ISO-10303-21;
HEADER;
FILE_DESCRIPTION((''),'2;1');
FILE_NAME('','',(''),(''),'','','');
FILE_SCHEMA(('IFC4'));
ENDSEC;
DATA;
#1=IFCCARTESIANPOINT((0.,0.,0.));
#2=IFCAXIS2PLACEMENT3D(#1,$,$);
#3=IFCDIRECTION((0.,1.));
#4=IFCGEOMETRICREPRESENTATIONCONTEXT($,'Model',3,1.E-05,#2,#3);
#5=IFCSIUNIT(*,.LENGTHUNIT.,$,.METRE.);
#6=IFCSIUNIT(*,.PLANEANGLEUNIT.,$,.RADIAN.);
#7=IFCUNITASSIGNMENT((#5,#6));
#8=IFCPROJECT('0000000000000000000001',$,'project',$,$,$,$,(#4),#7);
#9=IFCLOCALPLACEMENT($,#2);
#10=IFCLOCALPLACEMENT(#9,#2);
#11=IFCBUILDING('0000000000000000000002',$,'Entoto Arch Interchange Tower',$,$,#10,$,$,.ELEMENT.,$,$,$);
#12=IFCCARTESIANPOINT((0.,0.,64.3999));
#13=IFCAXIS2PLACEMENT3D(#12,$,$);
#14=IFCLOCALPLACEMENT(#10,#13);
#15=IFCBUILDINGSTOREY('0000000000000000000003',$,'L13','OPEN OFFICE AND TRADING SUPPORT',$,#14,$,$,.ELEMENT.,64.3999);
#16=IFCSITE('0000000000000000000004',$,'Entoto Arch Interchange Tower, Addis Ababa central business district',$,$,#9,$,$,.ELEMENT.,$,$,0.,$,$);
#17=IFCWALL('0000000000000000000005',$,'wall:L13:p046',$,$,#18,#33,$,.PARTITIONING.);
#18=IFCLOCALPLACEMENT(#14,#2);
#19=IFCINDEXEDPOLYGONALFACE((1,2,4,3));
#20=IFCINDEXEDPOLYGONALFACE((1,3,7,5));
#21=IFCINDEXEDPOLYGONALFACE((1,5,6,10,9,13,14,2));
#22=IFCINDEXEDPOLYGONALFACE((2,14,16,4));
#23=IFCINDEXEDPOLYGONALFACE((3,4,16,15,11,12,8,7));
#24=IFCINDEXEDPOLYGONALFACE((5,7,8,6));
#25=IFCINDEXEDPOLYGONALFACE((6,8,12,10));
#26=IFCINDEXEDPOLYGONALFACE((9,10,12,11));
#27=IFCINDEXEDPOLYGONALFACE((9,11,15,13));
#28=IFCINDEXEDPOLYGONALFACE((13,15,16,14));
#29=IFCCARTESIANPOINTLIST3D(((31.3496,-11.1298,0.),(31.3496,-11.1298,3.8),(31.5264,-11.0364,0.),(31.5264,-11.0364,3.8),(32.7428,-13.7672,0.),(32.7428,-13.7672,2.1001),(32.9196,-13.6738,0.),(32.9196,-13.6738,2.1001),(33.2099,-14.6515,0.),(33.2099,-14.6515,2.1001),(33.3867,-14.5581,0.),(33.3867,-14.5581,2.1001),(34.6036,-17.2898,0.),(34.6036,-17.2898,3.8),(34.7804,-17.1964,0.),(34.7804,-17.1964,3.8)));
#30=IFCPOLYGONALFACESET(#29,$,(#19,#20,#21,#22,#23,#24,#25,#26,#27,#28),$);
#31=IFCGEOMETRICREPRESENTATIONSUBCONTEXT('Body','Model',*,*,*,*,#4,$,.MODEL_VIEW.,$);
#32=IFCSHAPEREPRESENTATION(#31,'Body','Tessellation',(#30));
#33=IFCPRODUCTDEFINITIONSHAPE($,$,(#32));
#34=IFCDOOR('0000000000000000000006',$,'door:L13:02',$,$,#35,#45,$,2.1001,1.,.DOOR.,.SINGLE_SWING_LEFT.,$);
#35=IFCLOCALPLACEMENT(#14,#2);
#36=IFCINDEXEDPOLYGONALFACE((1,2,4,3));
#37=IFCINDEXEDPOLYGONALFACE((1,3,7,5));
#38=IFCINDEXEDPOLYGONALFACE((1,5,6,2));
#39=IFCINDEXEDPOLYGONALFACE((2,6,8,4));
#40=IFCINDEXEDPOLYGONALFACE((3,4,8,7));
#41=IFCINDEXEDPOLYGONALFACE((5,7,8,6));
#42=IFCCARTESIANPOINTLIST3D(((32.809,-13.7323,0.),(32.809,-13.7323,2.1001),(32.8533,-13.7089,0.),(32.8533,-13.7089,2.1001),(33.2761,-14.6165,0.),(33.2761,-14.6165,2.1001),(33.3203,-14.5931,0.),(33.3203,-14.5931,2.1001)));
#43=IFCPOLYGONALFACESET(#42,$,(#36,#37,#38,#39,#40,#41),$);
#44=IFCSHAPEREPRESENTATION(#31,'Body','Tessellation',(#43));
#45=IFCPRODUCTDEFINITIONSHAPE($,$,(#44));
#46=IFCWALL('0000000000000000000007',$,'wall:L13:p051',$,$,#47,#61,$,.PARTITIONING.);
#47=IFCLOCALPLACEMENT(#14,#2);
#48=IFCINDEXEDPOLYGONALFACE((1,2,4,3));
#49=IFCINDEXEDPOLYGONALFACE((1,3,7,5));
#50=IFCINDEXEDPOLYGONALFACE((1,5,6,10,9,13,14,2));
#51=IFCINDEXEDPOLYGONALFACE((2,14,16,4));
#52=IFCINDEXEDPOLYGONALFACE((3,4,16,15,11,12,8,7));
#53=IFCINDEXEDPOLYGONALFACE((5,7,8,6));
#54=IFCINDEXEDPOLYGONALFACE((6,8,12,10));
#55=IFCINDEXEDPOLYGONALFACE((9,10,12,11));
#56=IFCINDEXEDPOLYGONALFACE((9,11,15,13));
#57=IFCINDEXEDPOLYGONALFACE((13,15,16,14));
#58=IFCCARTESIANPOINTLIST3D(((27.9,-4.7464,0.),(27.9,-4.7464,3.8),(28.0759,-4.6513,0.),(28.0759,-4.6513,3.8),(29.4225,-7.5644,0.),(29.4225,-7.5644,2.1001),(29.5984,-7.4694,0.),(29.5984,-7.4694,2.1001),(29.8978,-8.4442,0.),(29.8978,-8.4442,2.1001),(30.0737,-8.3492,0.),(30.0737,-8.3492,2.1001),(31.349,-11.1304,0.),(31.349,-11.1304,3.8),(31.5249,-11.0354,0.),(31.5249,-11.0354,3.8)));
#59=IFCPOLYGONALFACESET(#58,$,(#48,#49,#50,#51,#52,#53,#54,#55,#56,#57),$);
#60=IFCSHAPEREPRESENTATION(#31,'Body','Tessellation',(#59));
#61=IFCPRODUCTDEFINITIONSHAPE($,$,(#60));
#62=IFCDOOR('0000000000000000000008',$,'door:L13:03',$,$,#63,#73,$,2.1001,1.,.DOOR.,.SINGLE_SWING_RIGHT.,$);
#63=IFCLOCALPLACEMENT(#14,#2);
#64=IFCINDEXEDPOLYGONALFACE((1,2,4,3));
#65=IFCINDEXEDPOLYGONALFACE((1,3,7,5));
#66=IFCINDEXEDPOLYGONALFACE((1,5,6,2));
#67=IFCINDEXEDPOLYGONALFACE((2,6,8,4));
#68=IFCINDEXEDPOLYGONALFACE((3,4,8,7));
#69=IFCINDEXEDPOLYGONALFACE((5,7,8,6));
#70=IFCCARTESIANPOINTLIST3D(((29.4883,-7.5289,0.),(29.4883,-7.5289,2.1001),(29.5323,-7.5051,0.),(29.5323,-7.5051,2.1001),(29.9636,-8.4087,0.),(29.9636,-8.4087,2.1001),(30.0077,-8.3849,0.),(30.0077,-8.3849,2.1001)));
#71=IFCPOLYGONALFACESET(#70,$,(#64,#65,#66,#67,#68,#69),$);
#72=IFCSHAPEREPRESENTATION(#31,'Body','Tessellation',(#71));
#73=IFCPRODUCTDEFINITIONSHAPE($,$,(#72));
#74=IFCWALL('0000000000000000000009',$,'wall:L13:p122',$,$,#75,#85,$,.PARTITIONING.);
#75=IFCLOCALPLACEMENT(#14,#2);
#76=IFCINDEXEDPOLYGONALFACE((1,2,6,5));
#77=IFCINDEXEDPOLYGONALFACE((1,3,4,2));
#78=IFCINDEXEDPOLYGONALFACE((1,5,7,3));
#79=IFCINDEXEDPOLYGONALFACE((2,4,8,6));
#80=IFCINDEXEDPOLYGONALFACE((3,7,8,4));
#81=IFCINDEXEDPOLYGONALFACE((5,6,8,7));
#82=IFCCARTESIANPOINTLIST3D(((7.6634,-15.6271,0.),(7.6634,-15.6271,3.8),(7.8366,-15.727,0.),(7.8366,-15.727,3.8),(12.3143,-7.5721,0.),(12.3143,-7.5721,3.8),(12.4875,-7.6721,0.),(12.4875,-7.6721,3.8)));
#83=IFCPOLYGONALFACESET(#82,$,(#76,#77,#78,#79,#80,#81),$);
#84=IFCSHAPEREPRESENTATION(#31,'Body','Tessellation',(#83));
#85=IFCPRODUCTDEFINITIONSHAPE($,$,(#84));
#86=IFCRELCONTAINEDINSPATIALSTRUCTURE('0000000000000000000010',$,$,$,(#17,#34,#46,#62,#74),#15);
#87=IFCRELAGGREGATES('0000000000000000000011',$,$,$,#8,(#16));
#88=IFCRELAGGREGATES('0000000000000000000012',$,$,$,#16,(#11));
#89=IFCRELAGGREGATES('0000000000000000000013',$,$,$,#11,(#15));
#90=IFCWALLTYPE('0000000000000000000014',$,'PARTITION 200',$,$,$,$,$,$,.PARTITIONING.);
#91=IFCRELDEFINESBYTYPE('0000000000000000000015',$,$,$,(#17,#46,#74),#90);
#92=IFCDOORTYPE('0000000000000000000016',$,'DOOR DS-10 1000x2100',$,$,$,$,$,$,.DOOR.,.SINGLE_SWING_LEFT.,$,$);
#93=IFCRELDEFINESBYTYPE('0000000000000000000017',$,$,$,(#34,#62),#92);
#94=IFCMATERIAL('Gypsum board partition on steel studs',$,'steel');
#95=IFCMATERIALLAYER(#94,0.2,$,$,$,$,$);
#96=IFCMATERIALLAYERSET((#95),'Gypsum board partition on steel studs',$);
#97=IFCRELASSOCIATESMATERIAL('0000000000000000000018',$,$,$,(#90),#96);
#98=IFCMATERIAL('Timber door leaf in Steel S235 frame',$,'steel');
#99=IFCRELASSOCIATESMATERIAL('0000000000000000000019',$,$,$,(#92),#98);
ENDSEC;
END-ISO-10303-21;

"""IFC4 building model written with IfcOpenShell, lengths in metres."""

from ifc_helpers import new_model, si_unit, direction, frame, frame_2d, origin, place, context, subcontext, project, spatial, rectangle, extrude, material, layer, layer_set, type_object, element, fill, save


model = new_model("IFC4")

# Units and contexts
model_context = context("Model", 3, precision=1e-05, world=origin(), true_north=direction((0.0, 1.0)))
body_context = subcontext(model_context, "Body", "Model", "MODEL_VIEW")
ifc_project = project(units=[si_unit("LENGTHUNIT", "METRE"), si_unit("PLANEANGLEUNIT", "RADIAN")], contexts=[model_context])

# Site, building, storey
site_placement = place(None, origin())
site = spatial("IfcSite", under=ifc_project, at=site_placement, Name="Entoto Arch Interchange Tower, Addis Ababa central business district", CompositionType="ELEMENT", RefElevation=0.0)
building_placement = place(site_placement, origin())
building = spatial("IfcBuilding", under=site, at=building_placement, Name="Entoto Arch Interchange Tower", CompositionType="ELEMENT")
storey_placement = place(building_placement, frame((0.0, 0.0, 64.3999)))
storey = spatial("IfcBuildingStorey", under=building, at=storey_placement, Name="L13", Description="OPEN OFFICE AND TRADING SUPPORT", CompositionType="ELEMENT", Elevation=64.3999)

# Shared definitions
ifc_material_1 = material(Name="Gypsum board partition on steel studs", Category="steel")
ifc_layer_1 = layer(ifc_material_1, 0.2)
ifc_layer_set_1 = layer_set([ifc_layer_1], Name="Gypsum board partition on steel studs")
wall_type_1 = type_object("IfcWallType", Name="PARTITION 200", PredefinedType="PARTITIONING", material=ifc_layer_set_1)

# Walls, openings, doors
wall_1_placement = place(storey_placement, frame((31.438, -11.083, 0.0), z_axis=(0.0, 0.0, 1.0), x_axis=(0.467078, -0.884216, 0.0)))
wall_1 = element("IfcWall", 1, at=wall_1_placement, inside=storey, type_object=wall_type_1, Name="wall:L13:p046", PredefinedType="PARTITIONING", context=body_context, shape_type="SweptSolid", body=[
    extrude(rectangle(XDim=6.9666, YDim=0.2, at=frame_2d((3.4834, 0.0))), origin(), (0.0, 0.0, 1.0), 3.8),
])
opening_1_placement = place(wall_1_placement, frame((2.9829, 0.0, 0.0)))
opening_1 = element("IfcOpeningElement", 2, at=opening_1_placement, cuts=wall_1, PredefinedType="OPENING", context=body_context, shape_type="SweptSolid", body=[
    extrude(rectangle(XDim=1.0, YDim=2.1001, at=frame_2d((0.5, 1.05))), frame((0.0, 0.1099, 0.0), z_axis=(0.0, -1.0, 0.0), x_axis=(1.0, 0.0, 0.0)), (0.0, 0.0, 1.0), 0.22),
])
ifc_material_2 = material(Name="Timber door leaf in Steel S235 frame", Category="steel")
door_type_1 = type_object("IfcDoorType", Name="DOOR DS-10 1000x2100", OperationType="SINGLE_SWING_LEFT", PredefinedType="DOOR", material=ifc_material_2)
door_1_placement = place(opening_1_placement, origin())
door_1 = element("IfcDoor", 3, at=door_1_placement, inside=storey, type_object=door_type_1, Name="door:L13:02", OperationType="SINGLE_SWING_LEFT", OverallHeight=2.1001, OverallWidth=1.0, PredefinedType="DOOR", context=body_context, shape_type="SweptSolid", body=[
    extrude(rectangle(XDim=1.0, YDim=2.1001, at=frame_2d((0.5, 1.05))), frame((0.0, 0.0249, 0.0), z_axis=(0.0, -1.0, 0.0), x_axis=(1.0, 0.0, 0.0)), (0.0, 0.0, 1.0), 0.05),
])
fill(opening_1, door_1)
wall_2_placement = place(storey_placement, frame((27.988, -4.699, 0.0), z_axis=(0.0, 0.0, 1.0), x_axis=(0.475319, -0.879813, 0.0)))
wall_2 = element("IfcWall", 4, at=wall_2_placement, inside=storey, type_object=wall_type_1, Name="wall:L13:p051", PredefinedType="PARTITIONING", context=body_context, shape_type="SweptSolid", body=[
    extrude(rectangle(XDim=7.2561, YDim=0.2, at=frame_2d((3.6279, 0.0))), origin(), (0.0, 0.0, 1.0), 3.8),
])
opening_2_placement = place(wall_2_placement, frame((3.2029, 0.0, 0.0)))
opening_2 = element("IfcOpeningElement", 5, at=opening_2_placement, cuts=wall_2, PredefinedType="OPENING", context=body_context, shape_type="SweptSolid", body=[
    extrude(rectangle(XDim=1.0, YDim=2.1001, at=frame_2d((0.5, 1.05))), frame((0.0, 0.1099, 0.0), z_axis=(0.0, -1.0, 0.0), x_axis=(1.0, 0.0, 0.0)), (0.0, 0.0, 1.0), 0.22),
])
door_2_placement = place(opening_2_placement, origin())
door_2 = element("IfcDoor", 6, at=door_2_placement, inside=storey, type_object=door_type_1, Name="door:L13:03", OperationType="SINGLE_SWING_RIGHT", OverallHeight=2.1001, OverallWidth=1.0, PredefinedType="DOOR", context=body_context, shape_type="SweptSolid", body=[
    extrude(rectangle(XDim=1.0, YDim=2.1001, at=frame_2d((0.5, 1.05))), frame((0.0, 0.0249, 0.0), z_axis=(0.0, -1.0, 0.0), x_axis=(1.0, 0.0, 0.0)), (0.0, 0.0, 1.0), 0.05),
])
fill(opening_2, door_2)

# Wall
wall_3_placement = place(storey_placement, frame((12.4009, -7.6221, 0.0), z_axis=(0.0, 0.0, 1.0), x_axis=(-0.500029, -0.866009, 0.0)))
element("IfcWall", 7, at=wall_3_placement, inside=storey, type_object=wall_type_1, Name="wall:L13:p122", PredefinedType="PARTITIONING", context=body_context, shape_type="SweptSolid", body=[
    extrude(rectangle(XDim=9.3013, YDim=0.2, at=frame_2d((4.6506, 0.0))), origin(), (0.0, 0.0, 1.0), 3.8),
])

save(model, "model.ifc")
